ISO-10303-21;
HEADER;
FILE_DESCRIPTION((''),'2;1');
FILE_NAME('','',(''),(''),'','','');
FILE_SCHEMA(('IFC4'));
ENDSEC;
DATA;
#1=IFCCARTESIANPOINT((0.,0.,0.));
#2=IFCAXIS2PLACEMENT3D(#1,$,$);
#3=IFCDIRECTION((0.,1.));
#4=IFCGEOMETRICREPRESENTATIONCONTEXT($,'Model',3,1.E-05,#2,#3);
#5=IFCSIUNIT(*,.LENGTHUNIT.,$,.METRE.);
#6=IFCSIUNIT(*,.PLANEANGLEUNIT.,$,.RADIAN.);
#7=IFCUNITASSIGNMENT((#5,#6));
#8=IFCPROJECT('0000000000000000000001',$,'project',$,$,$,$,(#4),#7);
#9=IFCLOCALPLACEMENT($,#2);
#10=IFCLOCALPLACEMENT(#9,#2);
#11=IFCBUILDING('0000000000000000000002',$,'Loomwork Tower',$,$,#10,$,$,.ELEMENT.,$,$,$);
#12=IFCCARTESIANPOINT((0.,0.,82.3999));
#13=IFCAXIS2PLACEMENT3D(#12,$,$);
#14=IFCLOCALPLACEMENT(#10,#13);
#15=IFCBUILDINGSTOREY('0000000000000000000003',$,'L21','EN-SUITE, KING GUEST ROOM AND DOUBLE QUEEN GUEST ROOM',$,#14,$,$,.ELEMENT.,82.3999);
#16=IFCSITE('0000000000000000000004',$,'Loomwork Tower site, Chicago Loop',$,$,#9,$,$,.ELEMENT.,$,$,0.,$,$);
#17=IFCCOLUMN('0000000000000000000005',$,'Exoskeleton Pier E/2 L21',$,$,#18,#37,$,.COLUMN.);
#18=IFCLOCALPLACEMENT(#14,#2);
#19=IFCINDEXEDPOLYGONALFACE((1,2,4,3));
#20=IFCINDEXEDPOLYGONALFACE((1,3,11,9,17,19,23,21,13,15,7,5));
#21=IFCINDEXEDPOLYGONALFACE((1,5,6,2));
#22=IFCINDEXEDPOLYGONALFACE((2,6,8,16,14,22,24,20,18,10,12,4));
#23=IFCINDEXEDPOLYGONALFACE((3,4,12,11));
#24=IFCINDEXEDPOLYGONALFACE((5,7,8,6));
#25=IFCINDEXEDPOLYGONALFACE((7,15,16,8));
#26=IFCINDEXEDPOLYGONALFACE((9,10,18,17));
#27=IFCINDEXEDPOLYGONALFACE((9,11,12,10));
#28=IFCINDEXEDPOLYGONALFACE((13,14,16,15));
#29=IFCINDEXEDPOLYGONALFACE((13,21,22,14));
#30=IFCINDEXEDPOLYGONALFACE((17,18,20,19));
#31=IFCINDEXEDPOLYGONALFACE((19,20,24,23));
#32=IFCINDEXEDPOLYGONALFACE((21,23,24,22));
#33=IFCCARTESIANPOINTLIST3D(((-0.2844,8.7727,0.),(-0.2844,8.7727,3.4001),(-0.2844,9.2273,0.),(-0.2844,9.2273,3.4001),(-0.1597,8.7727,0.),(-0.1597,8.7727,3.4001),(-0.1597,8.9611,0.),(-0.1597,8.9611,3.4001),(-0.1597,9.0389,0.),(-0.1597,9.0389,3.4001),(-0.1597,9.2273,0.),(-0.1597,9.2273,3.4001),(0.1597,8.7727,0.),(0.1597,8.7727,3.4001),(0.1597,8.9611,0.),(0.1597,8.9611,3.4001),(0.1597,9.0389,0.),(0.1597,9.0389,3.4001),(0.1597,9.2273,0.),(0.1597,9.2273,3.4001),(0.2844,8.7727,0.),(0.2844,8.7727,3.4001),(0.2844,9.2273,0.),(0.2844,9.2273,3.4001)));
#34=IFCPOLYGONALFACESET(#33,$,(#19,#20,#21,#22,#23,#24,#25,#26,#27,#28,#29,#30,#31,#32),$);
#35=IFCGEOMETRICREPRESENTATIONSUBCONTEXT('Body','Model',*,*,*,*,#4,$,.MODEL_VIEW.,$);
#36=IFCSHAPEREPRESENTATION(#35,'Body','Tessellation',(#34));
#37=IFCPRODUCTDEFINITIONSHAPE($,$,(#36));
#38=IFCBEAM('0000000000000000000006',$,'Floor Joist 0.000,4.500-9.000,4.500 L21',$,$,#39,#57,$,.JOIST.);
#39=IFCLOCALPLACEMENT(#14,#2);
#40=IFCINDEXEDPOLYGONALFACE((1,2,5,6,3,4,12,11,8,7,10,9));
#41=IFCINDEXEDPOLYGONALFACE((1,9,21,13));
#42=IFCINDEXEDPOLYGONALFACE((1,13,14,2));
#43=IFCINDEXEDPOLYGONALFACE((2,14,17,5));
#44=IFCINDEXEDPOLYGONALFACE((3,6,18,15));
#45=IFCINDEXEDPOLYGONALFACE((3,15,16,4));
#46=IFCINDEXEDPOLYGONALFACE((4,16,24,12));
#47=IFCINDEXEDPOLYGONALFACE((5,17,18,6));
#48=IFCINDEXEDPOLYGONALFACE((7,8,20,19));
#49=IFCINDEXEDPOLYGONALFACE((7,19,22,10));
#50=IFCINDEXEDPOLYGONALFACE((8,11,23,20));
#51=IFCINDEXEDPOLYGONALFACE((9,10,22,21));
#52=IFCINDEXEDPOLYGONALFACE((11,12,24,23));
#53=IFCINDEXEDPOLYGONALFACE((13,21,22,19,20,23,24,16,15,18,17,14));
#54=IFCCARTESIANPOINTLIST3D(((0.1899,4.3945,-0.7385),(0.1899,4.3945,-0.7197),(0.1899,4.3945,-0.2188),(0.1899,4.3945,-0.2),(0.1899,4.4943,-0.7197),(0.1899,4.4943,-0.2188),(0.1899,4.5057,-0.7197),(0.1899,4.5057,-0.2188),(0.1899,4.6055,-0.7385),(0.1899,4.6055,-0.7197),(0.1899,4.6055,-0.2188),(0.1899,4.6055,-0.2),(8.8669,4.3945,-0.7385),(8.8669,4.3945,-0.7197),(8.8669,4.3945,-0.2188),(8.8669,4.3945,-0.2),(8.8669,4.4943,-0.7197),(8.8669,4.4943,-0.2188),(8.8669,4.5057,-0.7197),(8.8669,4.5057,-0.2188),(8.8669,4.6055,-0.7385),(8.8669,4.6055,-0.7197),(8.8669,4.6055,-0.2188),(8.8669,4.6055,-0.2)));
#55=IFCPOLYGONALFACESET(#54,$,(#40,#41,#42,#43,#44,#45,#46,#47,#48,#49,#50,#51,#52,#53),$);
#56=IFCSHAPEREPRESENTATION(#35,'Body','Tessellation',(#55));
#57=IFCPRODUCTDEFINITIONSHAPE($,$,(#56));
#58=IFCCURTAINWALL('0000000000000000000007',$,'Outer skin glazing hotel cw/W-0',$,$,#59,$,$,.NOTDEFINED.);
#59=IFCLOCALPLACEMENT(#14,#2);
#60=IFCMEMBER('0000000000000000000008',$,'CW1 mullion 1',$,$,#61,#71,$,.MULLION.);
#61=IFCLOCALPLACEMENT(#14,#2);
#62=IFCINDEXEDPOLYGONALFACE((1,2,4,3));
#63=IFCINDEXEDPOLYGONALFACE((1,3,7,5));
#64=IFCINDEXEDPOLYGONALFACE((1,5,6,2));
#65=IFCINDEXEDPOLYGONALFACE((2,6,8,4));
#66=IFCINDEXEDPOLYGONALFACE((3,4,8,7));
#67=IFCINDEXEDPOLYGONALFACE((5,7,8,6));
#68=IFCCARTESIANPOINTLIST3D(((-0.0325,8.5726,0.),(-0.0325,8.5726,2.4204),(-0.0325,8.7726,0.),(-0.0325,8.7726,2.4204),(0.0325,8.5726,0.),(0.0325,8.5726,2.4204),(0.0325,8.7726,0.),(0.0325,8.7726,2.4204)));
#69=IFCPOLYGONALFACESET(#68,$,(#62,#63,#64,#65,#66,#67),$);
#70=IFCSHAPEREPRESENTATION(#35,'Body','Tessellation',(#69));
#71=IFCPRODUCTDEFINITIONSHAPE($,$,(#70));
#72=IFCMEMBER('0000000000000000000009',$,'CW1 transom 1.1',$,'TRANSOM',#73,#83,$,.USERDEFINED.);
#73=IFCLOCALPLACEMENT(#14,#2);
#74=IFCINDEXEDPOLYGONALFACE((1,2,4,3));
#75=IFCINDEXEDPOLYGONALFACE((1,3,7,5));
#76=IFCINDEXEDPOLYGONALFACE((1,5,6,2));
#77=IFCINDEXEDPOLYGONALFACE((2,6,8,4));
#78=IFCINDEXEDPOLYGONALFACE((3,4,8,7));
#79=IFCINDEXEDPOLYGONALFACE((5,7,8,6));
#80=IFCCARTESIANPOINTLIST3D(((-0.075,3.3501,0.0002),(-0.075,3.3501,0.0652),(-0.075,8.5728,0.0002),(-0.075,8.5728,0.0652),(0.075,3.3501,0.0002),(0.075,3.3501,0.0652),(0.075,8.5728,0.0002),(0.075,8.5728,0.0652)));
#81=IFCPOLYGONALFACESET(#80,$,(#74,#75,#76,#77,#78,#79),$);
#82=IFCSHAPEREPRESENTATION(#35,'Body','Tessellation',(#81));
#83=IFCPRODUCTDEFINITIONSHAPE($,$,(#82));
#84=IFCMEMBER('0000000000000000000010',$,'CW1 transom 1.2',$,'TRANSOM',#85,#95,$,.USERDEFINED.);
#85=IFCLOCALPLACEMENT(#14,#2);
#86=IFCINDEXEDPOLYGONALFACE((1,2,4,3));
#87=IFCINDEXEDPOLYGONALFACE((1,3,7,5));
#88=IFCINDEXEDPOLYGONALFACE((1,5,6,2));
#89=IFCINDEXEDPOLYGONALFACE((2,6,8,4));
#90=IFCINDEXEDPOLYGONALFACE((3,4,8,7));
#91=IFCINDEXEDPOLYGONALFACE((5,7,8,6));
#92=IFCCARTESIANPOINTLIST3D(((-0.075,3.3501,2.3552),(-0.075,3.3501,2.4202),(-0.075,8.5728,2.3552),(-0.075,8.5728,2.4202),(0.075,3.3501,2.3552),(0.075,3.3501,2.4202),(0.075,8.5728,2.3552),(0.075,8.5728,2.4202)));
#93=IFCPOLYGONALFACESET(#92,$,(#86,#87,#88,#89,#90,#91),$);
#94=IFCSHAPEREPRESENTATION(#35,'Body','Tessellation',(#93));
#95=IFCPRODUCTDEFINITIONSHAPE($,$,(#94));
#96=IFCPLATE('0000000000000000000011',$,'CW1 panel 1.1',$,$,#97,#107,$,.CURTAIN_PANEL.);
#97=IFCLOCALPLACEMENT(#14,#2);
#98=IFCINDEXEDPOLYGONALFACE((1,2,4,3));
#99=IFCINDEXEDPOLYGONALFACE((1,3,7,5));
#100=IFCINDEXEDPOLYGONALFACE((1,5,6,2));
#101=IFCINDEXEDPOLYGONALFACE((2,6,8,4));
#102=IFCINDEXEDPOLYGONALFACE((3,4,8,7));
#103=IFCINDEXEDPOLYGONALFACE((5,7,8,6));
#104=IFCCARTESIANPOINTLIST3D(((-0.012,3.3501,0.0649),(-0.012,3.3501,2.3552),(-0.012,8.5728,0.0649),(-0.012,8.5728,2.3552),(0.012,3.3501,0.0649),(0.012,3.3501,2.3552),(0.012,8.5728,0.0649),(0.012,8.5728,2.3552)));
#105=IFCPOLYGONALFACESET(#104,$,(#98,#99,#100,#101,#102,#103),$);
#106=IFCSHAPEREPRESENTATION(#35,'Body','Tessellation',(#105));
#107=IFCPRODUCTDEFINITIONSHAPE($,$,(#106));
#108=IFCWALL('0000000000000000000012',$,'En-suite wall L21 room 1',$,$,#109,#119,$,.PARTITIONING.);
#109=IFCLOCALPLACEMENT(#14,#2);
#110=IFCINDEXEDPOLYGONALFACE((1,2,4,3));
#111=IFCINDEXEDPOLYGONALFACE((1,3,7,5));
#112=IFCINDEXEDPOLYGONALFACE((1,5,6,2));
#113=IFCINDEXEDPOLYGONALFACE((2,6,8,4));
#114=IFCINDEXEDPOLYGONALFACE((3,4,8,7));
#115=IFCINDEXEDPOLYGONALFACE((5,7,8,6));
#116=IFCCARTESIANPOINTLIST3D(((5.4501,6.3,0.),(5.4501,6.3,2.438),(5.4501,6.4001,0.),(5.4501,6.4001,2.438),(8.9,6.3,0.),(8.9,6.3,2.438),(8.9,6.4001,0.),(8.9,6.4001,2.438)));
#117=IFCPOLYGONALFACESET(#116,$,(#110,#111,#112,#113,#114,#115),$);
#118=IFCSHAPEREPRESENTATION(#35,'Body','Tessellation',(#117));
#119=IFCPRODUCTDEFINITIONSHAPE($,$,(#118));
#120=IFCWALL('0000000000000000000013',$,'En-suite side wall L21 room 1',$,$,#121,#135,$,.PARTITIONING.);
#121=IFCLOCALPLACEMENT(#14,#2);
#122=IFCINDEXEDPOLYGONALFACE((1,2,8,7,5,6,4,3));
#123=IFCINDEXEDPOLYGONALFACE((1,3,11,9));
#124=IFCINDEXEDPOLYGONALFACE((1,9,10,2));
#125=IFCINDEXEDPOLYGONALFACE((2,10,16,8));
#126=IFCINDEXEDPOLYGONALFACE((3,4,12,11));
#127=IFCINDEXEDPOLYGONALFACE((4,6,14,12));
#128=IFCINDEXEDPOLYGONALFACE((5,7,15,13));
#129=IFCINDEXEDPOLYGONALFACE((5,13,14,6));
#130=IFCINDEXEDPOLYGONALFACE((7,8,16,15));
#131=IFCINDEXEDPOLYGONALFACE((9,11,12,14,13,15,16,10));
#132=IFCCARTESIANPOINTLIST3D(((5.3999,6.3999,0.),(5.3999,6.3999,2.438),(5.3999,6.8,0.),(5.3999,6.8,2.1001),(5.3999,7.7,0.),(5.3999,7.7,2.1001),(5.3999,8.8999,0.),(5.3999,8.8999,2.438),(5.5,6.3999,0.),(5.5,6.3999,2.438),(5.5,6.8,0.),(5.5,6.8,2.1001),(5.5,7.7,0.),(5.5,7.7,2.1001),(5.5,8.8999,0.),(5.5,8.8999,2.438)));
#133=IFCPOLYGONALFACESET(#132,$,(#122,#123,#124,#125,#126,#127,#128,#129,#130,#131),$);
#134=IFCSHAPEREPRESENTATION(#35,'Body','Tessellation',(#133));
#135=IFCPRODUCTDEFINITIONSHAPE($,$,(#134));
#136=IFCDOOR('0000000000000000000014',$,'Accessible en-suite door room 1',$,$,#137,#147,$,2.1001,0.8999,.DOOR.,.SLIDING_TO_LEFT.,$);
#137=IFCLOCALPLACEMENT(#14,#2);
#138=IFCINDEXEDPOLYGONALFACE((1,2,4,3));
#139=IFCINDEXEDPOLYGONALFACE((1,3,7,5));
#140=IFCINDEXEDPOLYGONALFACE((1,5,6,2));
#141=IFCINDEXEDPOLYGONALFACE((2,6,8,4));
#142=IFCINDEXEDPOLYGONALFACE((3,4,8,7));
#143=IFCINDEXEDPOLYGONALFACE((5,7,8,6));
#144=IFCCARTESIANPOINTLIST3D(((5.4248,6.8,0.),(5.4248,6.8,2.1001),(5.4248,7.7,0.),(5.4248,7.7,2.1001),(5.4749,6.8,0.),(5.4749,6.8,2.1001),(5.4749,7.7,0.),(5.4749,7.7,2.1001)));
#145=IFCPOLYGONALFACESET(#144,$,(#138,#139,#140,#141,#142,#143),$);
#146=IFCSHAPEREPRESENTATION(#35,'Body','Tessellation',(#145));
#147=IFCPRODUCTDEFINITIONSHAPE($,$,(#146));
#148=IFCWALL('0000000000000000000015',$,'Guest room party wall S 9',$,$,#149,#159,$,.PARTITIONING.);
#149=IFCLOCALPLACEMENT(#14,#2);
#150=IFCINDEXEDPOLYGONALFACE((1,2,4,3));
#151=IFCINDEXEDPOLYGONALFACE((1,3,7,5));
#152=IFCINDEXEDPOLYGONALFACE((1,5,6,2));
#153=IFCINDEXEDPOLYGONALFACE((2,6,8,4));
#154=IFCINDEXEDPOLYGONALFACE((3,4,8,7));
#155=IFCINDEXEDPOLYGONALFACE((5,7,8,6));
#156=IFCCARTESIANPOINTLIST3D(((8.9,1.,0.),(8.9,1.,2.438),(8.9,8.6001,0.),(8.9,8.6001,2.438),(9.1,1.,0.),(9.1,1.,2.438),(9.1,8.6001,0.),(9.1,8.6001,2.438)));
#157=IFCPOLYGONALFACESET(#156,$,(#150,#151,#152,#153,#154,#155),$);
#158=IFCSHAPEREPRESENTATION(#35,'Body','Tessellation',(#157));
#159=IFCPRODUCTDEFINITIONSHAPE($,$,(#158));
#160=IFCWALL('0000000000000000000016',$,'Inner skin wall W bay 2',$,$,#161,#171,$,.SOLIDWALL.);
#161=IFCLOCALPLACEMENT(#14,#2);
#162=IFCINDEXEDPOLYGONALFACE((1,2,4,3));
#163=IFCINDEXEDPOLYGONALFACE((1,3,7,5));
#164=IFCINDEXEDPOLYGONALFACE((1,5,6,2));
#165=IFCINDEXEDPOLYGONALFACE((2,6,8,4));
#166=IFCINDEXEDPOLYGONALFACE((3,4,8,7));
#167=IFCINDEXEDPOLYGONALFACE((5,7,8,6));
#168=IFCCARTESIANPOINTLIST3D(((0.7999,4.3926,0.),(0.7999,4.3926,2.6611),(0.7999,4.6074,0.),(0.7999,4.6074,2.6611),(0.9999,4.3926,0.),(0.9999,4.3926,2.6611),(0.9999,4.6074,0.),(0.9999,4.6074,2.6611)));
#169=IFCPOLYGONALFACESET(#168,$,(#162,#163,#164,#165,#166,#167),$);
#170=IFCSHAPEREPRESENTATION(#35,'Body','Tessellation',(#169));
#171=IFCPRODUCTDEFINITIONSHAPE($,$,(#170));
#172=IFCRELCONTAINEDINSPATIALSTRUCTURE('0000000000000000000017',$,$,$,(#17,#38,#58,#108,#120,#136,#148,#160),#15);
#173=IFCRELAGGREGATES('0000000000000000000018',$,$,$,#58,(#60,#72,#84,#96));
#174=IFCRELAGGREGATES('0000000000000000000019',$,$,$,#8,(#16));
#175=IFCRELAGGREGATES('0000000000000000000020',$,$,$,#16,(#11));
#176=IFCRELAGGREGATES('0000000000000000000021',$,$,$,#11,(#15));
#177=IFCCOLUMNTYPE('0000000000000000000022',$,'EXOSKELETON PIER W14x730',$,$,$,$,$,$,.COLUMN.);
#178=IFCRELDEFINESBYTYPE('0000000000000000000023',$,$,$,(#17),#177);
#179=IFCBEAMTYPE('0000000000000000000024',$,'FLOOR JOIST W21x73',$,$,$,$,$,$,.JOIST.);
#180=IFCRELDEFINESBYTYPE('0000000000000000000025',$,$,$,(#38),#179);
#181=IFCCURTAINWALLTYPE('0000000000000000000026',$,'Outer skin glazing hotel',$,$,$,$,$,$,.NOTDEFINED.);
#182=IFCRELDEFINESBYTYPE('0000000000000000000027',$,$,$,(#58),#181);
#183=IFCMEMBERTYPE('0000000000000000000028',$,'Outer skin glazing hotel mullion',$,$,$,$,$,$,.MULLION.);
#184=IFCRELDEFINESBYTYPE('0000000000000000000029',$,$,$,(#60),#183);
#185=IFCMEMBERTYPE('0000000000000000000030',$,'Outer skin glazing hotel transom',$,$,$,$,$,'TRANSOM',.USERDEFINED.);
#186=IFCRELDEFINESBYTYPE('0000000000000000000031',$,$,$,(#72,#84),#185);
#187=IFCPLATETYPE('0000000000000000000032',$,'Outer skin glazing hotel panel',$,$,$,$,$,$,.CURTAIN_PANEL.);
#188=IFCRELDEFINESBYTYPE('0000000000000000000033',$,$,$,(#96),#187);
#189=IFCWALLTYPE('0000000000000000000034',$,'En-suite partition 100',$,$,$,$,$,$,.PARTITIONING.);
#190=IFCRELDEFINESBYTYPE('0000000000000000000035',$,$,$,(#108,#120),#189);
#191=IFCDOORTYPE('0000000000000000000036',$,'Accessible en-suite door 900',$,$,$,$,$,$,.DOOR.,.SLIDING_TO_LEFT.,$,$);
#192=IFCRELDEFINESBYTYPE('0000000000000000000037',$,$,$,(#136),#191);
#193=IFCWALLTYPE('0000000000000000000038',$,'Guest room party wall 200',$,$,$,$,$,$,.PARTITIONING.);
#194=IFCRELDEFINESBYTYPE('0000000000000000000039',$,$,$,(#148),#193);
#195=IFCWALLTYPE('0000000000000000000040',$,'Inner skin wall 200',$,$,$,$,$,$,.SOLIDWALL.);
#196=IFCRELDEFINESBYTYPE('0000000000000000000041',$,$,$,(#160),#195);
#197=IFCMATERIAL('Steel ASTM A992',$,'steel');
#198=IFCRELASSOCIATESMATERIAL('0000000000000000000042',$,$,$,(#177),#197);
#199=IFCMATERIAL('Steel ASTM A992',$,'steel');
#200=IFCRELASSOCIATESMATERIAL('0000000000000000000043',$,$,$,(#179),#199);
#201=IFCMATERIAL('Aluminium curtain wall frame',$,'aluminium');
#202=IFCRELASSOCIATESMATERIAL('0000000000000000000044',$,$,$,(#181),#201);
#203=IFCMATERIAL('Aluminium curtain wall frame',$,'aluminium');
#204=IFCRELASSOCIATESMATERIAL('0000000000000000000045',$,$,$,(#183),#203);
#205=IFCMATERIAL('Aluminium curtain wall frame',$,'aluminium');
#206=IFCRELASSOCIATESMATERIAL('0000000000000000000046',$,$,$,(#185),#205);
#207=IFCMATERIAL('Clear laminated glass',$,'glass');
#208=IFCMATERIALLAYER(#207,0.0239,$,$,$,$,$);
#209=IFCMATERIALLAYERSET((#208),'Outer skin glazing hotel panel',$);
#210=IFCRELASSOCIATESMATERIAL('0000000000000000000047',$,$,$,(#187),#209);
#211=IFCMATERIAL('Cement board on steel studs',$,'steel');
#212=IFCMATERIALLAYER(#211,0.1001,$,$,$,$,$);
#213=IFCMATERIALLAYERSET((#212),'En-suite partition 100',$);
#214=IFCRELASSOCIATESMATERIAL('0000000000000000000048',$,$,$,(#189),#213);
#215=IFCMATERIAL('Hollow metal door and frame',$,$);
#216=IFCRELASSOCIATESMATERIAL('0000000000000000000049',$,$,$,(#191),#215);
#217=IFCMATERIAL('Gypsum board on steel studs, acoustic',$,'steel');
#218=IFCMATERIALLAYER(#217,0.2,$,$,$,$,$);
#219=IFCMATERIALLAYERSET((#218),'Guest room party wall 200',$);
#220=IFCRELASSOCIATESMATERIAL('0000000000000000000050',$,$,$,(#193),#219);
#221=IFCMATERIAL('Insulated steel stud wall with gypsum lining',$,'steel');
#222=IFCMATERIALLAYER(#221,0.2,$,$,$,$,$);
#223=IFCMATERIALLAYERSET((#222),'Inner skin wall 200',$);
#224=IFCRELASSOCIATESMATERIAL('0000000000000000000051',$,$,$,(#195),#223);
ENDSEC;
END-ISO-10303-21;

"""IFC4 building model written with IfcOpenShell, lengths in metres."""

from ifc_helpers import new_model, si_unit, direction, frame, frame_2d, origin, origin_2d, place, context, subcontext, project, spatial, rectangle, i_section, extrude, material, layer, layer_set, material_profile, profile_set, type_object, element, fill, aggregate, save


model = new_model("IFC4")

# Units and contexts
model_context = context("Model", 3, precision=1e-05, world=origin(), true_north=direction((0.0, 1.0)))
body_context = subcontext(model_context, "Body", "Model", "MODEL_VIEW")
ifc_project = project(units=[si_unit("LENGTHUNIT", "METRE"), si_unit("PLANEANGLEUNIT", "RADIAN")], contexts=[model_context])

# Site, building, storey
site_placement = place(None, origin())
site = spatial("IfcSite", under=ifc_project, at=site_placement, Name="Loomwork Tower site, Chicago Loop", CompositionType="ELEMENT", RefElevation=0.0)
building_placement = place(site_placement, origin())
building = spatial("IfcBuilding", under=site, at=building_placement, Name="Loomwork Tower", CompositionType="ELEMENT")
storey_placement = place(building_placement, frame((0.0, 0.0, 82.3999)))
storey = spatial("IfcBuildingStorey", under=building, at=storey_placement, Name="L21", Description="EN-SUITE, KING GUEST ROOM AND DOUBLE QUEEN GUEST ROOM", CompositionType="ELEMENT", Elevation=82.3999)

# Column
ifc_material_1 = material(Name="Steel ASTM A992", Category="steel")
ifc_material_profile_1 = material_profile(ifc_material_1, i_section(OverallWidth=0.4546, OverallDepth=0.5688, WebThickness=0.0779, FlangeThickness=0.1248, at=origin_2d()), Name="W14x730")
ifc_profile_set_1 = profile_set([ifc_material_profile_1], Name="Steel ASTM A992")
column_type = type_object("IfcColumnType", Name="EXOSKELETON PIER W14x730", PredefinedType="COLUMN", material=ifc_profile_set_1)
column_placement = place(storey_placement, frame((0.0, 9.0, 0.0), z_axis=(0.0, 0.0, 1.0), x_axis=(0.0, 1.0, 0.0)))
element("IfcColumn", 1, at=column_placement, inside=storey, type_object=column_type, Name="Exoskeleton Pier E/2 L21", PredefinedType="COLUMN", context=body_context, shape_type="SweptSolid", body=[
    extrude(i_section(OverallWidth=0.4546, OverallDepth=0.5688, WebThickness=0.0779, FlangeThickness=0.1248, at=origin_2d()), origin(), (0.0, 0.0, 1.0), 3.4001),
])

# Beam
ifc_material_2 = material(Name="Steel ASTM A992", Category="steel")
ifc_material_profile_2 = material_profile(ifc_material_2, i_section(OverallWidth=0.2109, OverallDepth=0.5386, WebThickness=0.0115, FlangeThickness=0.0188, at=origin_2d()), Name="W21x73")
ifc_profile_set_2 = profile_set([ifc_material_profile_2], Name="Steel ASTM A992")
beam_type = type_object("IfcBeamType", Name="FLOOR JOIST W21x73", PredefinedType="JOIST", material=ifc_profile_set_2)
beam_placement = place(storey_placement, frame((0.1899, 4.5, -0.4692), z_axis=(1.0, 0.0, 0.0), x_axis=(0.0, 1.0, 0.0)))
element("IfcBeam", 2, at=beam_placement, inside=storey, type_object=beam_type, Name="Floor Joist 0.000,4.500-9.000,4.500 L21", PredefinedType="JOIST", context=body_context, shape_type="SweptSolid", body=[
    extrude(i_section(OverallWidth=0.2109, OverallDepth=0.5386, WebThickness=0.0115, FlangeThickness=0.0188, at=origin_2d()), origin(), (0.0, 0.0, 1.0), 8.677),
])

# Curtain wall, members, plate
ifc_material_3 = material(Name="Aluminium curtain wall frame", Category="aluminium")
curtain_wall_type = type_object("IfcCurtainWallType", Name="Outer skin glazing hotel", PredefinedType="NOTDEFINED", material=ifc_material_3)
curtain_wall_placement = place(storey_placement, origin())
curtain_wall = element("IfcCurtainWall", 3, at=curtain_wall_placement, inside=storey, type_object=curtain_wall_type, Name="Outer skin glazing hotel cw/W-0", PredefinedType="NOTDEFINED")
ifc_material_4 = material(Name="Aluminium curtain wall frame", Category="aluminium")
ifc_material_profile_3 = material_profile(ifc_material_4, rectangle(XDim=0.0649, YDim=0.2, at=origin_2d()), Name="AL 65x200")
ifc_profile_set_3 = profile_set([ifc_material_profile_3], Name="Aluminium curtain wall frame")
member_type_1 = type_object("IfcMemberType", Name="Outer skin glazing hotel mullion", PredefinedType="MULLION", material=ifc_profile_set_3)
member_1_placement = place(storey_placement, frame((0.0, 8.6726, 0.0), z_axis=(0.0, 0.0, 1.0), x_axis=(1.0, 0.0, 0.0)))
member_1 = element("IfcMember", 4, at=member_1_placement, type_object=member_type_1, Name="CW1 mullion 1", PredefinedType="MULLION", context=body_context, shape_type="SweptSolid", body=[
    extrude(rectangle(XDim=0.0649, YDim=0.2, at=origin_2d()), origin(), (0.0, 0.0, 1.0), 2.4204),
])
ifc_material_5 = material(Name="Aluminium curtain wall frame", Category="aluminium")
ifc_material_profile_4 = material_profile(ifc_material_5, rectangle(XDim=0.1499, YDim=0.0649, at=origin_2d()), Name="AL 65x150")
ifc_profile_set_4 = profile_set([ifc_material_profile_4], Name="Aluminium curtain wall frame")
member_type_2 = type_object("IfcMemberType", Name="Outer skin glazing hotel transom", ElementType="TRANSOM", PredefinedType="USERDEFINED", material=ifc_profile_set_4)
member_2_placement = place(storey_placement, frame((0.0, 8.5728, 0.0327), z_axis=(0.0, -1.0, 0.0), x_axis=(1.0, 0.0, 0.0)))
member_2 = element("IfcMember", 5, at=member_2_placement, type_object=member_type_2, Name="CW1 transom 1.1", ObjectType="TRANSOM", PredefinedType="USERDEFINED", context=body_context, shape_type="SweptSolid", body=[
    extrude(rectangle(XDim=0.1499, YDim=0.0649, at=origin_2d()), origin(), (0.0, 0.0, 1.0), 5.2227),
])
member_3_placement = place(storey_placement, frame((0.0, 8.5728, 2.3877), z_axis=(0.0, -1.0, 0.0), x_axis=(1.0, 0.0, 0.0)))
member_3 = element("IfcMember", 6, at=member_3_placement, type_object=member_type_2, Name="CW1 transom 1.2", ObjectType="TRANSOM", PredefinedType="USERDEFINED", context=body_context, shape_type="SweptSolid", body=[
    extrude(rectangle(XDim=0.1499, YDim=0.0649, at=origin_2d()), origin(), (0.0, 0.0, 1.0), 5.2227),
])
ifc_material_6 = material(Name="Clear laminated glass", Category="glass")
ifc_layer_1 = layer(ifc_material_6, 0.0239)
ifc_layer_set_1 = layer_set([ifc_layer_1], Name="Outer skin glazing hotel panel")
plate_type = type_object("IfcPlateType", Name="Outer skin glazing hotel panel", PredefinedType="CURTAIN_PANEL", material=ifc_layer_set_1)
plate_placement = place(storey_placement, frame((0.0, 5.9614, 0.0649), z_axis=(0.0, 0.0, 1.0), x_axis=(0.0, -1.0, 0.0)))
plate = element("IfcPlate", 7, at=plate_placement, type_object=plate_type, Name="CW1 panel 1.1", PredefinedType="CURTAIN_PANEL", context=body_context, shape_type="SweptSolid", body=[
    extrude(rectangle(XDim=5.2227, YDim=0.0239, at=origin_2d()), origin(), (0.0, 0.0, 1.0), 2.2903),
])
aggregate(curtain_wall, [member_1, member_2, member_3, plate])

# Wall
ifc_material_7 = material(Name="Cement board on steel studs", Category="steel")
ifc_layer_2 = layer(ifc_material_7, 0.1001)
ifc_layer_set_2 = layer_set([ifc_layer_2], Name="En-suite partition 100")
wall_type_1 = type_object("IfcWallType", Name="En-suite partition 100", PredefinedType="PARTITIONING", material=ifc_layer_set_2)
wall_1_placement = place(storey_placement, frame((5.45, 6.3501, 0.0), z_axis=(0.0, 0.0, 1.0), x_axis=(1.0, 0.0, 0.0)))
element("IfcWall", 8, at=wall_1_placement, inside=storey, type_object=wall_type_1, Name="En-suite wall L21 room 1", PredefinedType="PARTITIONING", context=body_context, shape_type="SweptSolid", body=[
    extrude(rectangle(XDim=3.45, YDim=0.1001, at=frame_2d((1.7251, 0.0))), origin(), (0.0, 0.0, 1.0), 2.438),
])

# Wall, opening, door
wall_2_placement = place(storey_placement, frame((5.45, 8.8999, 0.0), z_axis=(0.0, 0.0, 1.0), x_axis=(0.0, -1.0, 0.0)))
wall_2 = element("IfcWall", 9, at=wall_2_placement, inside=storey, type_object=wall_type_1, Name="En-suite side wall L21 room 1", PredefinedType="PARTITIONING", context=body_context, shape_type="SweptSolid", body=[
    extrude(rectangle(XDim=2.5, YDim=0.1001, at=frame_2d((1.25, 0.0))), origin(), (0.0, 0.0, 1.0), 2.438),
])
opening_placement = place(wall_2_placement, frame((1.2, 0.0, 0.0)))
opening = element("IfcOpeningElement", 10, at=opening_placement, cuts=wall_2, PredefinedType="OPENING", context=body_context, shape_type="SweptSolid", body=[
    extrude(rectangle(XDim=0.8999, YDim=2.1001, at=frame_2d((0.45, 1.05))), frame((0.0, 0.0601, 0.0), z_axis=(0.0, -1.0, 0.0), x_axis=(1.0, 0.0, 0.0)), (0.0, 0.0, 1.0), 0.1201),
])
ifc_material_8 = material(Name="Hollow metal door and frame")
door_type = type_object("IfcDoorType", Name="Accessible en-suite door 900", OperationType="SLIDING_TO_LEFT", PredefinedType="DOOR", material=ifc_material_8)
door_placement = place(opening_placement, origin())
door = element("IfcDoor", 11, at=door_placement, inside=storey, type_object=door_type, Name="Accessible en-suite door room 1", OperationType="SLIDING_TO_LEFT", OverallHeight=2.1001, OverallWidth=0.8999, PredefinedType="DOOR", context=body_context, shape_type="SweptSolid", body=[
    extrude(rectangle(XDim=0.8999, YDim=2.1001, at=frame_2d((0.45, 1.05))), frame((0.0, 0.0249, 0.0), z_axis=(0.0, -1.0, 0.0), x_axis=(1.0, 0.0, 0.0)), (0.0, 0.0, 1.0), 0.05),
])
fill(opening, door)

# Walls
ifc_material_9 = material(Name="Gypsum board on steel studs, acoustic", Category="steel")
ifc_layer_3 = layer(ifc_material_9, 0.2)
ifc_layer_set_3 = layer_set([ifc_layer_3], Name="Guest room party wall 200")
wall_type_2 = type_object("IfcWallType", Name="Guest room party wall 200", PredefinedType="PARTITIONING", material=ifc_layer_set_3)
wall_3_placement = place(storey_placement, frame((9.0, 8.6001, 0.0), z_axis=(0.0, 0.0, 1.0), x_axis=(0.0, -1.0, 0.0)))
element("IfcWall", 12, at=wall_3_placement, inside=storey, type_object=wall_type_2, Name="Guest room party wall S 9", PredefinedType="PARTITIONING", context=body_context, shape_type="SweptSolid", body=[
    extrude(rectangle(XDim=7.6001, YDim=0.2, at=frame_2d((3.8, 0.0))), origin(), (0.0, 0.0, 1.0), 2.438),
])
ifc_material_10 = material(Name="Insulated steel stud wall with gypsum lining", Category="steel")
ifc_layer_4 = layer(ifc_material_10, 0.2)
ifc_layer_set_4 = layer_set([ifc_layer_4], Name="Inner skin wall 200")
wall_type_3 = type_object("IfcWallType", Name="Inner skin wall 200", PredefinedType="SOLIDWALL", material=ifc_layer_set_4)
wall_4_placement = place(storey_placement, frame((0.8999, 4.3926, 0.0), z_axis=(0.0, 0.0, 1.0), x_axis=(0.0, 1.0, 0.0)))
element("IfcWall", 13, at=wall_4_placement, inside=storey, type_object=wall_type_3, Name="Inner skin wall W bay 2", PredefinedType="SOLIDWALL", context=body_context, shape_type="SweptSolid", body=[
    extrude(rectangle(XDim=0.2148, YDim=0.2, at=frame_2d((0.1074, 0.0))), origin(), (0.0, 0.0, 1.0), 2.6611),
])

save(model, "model.ifc")
